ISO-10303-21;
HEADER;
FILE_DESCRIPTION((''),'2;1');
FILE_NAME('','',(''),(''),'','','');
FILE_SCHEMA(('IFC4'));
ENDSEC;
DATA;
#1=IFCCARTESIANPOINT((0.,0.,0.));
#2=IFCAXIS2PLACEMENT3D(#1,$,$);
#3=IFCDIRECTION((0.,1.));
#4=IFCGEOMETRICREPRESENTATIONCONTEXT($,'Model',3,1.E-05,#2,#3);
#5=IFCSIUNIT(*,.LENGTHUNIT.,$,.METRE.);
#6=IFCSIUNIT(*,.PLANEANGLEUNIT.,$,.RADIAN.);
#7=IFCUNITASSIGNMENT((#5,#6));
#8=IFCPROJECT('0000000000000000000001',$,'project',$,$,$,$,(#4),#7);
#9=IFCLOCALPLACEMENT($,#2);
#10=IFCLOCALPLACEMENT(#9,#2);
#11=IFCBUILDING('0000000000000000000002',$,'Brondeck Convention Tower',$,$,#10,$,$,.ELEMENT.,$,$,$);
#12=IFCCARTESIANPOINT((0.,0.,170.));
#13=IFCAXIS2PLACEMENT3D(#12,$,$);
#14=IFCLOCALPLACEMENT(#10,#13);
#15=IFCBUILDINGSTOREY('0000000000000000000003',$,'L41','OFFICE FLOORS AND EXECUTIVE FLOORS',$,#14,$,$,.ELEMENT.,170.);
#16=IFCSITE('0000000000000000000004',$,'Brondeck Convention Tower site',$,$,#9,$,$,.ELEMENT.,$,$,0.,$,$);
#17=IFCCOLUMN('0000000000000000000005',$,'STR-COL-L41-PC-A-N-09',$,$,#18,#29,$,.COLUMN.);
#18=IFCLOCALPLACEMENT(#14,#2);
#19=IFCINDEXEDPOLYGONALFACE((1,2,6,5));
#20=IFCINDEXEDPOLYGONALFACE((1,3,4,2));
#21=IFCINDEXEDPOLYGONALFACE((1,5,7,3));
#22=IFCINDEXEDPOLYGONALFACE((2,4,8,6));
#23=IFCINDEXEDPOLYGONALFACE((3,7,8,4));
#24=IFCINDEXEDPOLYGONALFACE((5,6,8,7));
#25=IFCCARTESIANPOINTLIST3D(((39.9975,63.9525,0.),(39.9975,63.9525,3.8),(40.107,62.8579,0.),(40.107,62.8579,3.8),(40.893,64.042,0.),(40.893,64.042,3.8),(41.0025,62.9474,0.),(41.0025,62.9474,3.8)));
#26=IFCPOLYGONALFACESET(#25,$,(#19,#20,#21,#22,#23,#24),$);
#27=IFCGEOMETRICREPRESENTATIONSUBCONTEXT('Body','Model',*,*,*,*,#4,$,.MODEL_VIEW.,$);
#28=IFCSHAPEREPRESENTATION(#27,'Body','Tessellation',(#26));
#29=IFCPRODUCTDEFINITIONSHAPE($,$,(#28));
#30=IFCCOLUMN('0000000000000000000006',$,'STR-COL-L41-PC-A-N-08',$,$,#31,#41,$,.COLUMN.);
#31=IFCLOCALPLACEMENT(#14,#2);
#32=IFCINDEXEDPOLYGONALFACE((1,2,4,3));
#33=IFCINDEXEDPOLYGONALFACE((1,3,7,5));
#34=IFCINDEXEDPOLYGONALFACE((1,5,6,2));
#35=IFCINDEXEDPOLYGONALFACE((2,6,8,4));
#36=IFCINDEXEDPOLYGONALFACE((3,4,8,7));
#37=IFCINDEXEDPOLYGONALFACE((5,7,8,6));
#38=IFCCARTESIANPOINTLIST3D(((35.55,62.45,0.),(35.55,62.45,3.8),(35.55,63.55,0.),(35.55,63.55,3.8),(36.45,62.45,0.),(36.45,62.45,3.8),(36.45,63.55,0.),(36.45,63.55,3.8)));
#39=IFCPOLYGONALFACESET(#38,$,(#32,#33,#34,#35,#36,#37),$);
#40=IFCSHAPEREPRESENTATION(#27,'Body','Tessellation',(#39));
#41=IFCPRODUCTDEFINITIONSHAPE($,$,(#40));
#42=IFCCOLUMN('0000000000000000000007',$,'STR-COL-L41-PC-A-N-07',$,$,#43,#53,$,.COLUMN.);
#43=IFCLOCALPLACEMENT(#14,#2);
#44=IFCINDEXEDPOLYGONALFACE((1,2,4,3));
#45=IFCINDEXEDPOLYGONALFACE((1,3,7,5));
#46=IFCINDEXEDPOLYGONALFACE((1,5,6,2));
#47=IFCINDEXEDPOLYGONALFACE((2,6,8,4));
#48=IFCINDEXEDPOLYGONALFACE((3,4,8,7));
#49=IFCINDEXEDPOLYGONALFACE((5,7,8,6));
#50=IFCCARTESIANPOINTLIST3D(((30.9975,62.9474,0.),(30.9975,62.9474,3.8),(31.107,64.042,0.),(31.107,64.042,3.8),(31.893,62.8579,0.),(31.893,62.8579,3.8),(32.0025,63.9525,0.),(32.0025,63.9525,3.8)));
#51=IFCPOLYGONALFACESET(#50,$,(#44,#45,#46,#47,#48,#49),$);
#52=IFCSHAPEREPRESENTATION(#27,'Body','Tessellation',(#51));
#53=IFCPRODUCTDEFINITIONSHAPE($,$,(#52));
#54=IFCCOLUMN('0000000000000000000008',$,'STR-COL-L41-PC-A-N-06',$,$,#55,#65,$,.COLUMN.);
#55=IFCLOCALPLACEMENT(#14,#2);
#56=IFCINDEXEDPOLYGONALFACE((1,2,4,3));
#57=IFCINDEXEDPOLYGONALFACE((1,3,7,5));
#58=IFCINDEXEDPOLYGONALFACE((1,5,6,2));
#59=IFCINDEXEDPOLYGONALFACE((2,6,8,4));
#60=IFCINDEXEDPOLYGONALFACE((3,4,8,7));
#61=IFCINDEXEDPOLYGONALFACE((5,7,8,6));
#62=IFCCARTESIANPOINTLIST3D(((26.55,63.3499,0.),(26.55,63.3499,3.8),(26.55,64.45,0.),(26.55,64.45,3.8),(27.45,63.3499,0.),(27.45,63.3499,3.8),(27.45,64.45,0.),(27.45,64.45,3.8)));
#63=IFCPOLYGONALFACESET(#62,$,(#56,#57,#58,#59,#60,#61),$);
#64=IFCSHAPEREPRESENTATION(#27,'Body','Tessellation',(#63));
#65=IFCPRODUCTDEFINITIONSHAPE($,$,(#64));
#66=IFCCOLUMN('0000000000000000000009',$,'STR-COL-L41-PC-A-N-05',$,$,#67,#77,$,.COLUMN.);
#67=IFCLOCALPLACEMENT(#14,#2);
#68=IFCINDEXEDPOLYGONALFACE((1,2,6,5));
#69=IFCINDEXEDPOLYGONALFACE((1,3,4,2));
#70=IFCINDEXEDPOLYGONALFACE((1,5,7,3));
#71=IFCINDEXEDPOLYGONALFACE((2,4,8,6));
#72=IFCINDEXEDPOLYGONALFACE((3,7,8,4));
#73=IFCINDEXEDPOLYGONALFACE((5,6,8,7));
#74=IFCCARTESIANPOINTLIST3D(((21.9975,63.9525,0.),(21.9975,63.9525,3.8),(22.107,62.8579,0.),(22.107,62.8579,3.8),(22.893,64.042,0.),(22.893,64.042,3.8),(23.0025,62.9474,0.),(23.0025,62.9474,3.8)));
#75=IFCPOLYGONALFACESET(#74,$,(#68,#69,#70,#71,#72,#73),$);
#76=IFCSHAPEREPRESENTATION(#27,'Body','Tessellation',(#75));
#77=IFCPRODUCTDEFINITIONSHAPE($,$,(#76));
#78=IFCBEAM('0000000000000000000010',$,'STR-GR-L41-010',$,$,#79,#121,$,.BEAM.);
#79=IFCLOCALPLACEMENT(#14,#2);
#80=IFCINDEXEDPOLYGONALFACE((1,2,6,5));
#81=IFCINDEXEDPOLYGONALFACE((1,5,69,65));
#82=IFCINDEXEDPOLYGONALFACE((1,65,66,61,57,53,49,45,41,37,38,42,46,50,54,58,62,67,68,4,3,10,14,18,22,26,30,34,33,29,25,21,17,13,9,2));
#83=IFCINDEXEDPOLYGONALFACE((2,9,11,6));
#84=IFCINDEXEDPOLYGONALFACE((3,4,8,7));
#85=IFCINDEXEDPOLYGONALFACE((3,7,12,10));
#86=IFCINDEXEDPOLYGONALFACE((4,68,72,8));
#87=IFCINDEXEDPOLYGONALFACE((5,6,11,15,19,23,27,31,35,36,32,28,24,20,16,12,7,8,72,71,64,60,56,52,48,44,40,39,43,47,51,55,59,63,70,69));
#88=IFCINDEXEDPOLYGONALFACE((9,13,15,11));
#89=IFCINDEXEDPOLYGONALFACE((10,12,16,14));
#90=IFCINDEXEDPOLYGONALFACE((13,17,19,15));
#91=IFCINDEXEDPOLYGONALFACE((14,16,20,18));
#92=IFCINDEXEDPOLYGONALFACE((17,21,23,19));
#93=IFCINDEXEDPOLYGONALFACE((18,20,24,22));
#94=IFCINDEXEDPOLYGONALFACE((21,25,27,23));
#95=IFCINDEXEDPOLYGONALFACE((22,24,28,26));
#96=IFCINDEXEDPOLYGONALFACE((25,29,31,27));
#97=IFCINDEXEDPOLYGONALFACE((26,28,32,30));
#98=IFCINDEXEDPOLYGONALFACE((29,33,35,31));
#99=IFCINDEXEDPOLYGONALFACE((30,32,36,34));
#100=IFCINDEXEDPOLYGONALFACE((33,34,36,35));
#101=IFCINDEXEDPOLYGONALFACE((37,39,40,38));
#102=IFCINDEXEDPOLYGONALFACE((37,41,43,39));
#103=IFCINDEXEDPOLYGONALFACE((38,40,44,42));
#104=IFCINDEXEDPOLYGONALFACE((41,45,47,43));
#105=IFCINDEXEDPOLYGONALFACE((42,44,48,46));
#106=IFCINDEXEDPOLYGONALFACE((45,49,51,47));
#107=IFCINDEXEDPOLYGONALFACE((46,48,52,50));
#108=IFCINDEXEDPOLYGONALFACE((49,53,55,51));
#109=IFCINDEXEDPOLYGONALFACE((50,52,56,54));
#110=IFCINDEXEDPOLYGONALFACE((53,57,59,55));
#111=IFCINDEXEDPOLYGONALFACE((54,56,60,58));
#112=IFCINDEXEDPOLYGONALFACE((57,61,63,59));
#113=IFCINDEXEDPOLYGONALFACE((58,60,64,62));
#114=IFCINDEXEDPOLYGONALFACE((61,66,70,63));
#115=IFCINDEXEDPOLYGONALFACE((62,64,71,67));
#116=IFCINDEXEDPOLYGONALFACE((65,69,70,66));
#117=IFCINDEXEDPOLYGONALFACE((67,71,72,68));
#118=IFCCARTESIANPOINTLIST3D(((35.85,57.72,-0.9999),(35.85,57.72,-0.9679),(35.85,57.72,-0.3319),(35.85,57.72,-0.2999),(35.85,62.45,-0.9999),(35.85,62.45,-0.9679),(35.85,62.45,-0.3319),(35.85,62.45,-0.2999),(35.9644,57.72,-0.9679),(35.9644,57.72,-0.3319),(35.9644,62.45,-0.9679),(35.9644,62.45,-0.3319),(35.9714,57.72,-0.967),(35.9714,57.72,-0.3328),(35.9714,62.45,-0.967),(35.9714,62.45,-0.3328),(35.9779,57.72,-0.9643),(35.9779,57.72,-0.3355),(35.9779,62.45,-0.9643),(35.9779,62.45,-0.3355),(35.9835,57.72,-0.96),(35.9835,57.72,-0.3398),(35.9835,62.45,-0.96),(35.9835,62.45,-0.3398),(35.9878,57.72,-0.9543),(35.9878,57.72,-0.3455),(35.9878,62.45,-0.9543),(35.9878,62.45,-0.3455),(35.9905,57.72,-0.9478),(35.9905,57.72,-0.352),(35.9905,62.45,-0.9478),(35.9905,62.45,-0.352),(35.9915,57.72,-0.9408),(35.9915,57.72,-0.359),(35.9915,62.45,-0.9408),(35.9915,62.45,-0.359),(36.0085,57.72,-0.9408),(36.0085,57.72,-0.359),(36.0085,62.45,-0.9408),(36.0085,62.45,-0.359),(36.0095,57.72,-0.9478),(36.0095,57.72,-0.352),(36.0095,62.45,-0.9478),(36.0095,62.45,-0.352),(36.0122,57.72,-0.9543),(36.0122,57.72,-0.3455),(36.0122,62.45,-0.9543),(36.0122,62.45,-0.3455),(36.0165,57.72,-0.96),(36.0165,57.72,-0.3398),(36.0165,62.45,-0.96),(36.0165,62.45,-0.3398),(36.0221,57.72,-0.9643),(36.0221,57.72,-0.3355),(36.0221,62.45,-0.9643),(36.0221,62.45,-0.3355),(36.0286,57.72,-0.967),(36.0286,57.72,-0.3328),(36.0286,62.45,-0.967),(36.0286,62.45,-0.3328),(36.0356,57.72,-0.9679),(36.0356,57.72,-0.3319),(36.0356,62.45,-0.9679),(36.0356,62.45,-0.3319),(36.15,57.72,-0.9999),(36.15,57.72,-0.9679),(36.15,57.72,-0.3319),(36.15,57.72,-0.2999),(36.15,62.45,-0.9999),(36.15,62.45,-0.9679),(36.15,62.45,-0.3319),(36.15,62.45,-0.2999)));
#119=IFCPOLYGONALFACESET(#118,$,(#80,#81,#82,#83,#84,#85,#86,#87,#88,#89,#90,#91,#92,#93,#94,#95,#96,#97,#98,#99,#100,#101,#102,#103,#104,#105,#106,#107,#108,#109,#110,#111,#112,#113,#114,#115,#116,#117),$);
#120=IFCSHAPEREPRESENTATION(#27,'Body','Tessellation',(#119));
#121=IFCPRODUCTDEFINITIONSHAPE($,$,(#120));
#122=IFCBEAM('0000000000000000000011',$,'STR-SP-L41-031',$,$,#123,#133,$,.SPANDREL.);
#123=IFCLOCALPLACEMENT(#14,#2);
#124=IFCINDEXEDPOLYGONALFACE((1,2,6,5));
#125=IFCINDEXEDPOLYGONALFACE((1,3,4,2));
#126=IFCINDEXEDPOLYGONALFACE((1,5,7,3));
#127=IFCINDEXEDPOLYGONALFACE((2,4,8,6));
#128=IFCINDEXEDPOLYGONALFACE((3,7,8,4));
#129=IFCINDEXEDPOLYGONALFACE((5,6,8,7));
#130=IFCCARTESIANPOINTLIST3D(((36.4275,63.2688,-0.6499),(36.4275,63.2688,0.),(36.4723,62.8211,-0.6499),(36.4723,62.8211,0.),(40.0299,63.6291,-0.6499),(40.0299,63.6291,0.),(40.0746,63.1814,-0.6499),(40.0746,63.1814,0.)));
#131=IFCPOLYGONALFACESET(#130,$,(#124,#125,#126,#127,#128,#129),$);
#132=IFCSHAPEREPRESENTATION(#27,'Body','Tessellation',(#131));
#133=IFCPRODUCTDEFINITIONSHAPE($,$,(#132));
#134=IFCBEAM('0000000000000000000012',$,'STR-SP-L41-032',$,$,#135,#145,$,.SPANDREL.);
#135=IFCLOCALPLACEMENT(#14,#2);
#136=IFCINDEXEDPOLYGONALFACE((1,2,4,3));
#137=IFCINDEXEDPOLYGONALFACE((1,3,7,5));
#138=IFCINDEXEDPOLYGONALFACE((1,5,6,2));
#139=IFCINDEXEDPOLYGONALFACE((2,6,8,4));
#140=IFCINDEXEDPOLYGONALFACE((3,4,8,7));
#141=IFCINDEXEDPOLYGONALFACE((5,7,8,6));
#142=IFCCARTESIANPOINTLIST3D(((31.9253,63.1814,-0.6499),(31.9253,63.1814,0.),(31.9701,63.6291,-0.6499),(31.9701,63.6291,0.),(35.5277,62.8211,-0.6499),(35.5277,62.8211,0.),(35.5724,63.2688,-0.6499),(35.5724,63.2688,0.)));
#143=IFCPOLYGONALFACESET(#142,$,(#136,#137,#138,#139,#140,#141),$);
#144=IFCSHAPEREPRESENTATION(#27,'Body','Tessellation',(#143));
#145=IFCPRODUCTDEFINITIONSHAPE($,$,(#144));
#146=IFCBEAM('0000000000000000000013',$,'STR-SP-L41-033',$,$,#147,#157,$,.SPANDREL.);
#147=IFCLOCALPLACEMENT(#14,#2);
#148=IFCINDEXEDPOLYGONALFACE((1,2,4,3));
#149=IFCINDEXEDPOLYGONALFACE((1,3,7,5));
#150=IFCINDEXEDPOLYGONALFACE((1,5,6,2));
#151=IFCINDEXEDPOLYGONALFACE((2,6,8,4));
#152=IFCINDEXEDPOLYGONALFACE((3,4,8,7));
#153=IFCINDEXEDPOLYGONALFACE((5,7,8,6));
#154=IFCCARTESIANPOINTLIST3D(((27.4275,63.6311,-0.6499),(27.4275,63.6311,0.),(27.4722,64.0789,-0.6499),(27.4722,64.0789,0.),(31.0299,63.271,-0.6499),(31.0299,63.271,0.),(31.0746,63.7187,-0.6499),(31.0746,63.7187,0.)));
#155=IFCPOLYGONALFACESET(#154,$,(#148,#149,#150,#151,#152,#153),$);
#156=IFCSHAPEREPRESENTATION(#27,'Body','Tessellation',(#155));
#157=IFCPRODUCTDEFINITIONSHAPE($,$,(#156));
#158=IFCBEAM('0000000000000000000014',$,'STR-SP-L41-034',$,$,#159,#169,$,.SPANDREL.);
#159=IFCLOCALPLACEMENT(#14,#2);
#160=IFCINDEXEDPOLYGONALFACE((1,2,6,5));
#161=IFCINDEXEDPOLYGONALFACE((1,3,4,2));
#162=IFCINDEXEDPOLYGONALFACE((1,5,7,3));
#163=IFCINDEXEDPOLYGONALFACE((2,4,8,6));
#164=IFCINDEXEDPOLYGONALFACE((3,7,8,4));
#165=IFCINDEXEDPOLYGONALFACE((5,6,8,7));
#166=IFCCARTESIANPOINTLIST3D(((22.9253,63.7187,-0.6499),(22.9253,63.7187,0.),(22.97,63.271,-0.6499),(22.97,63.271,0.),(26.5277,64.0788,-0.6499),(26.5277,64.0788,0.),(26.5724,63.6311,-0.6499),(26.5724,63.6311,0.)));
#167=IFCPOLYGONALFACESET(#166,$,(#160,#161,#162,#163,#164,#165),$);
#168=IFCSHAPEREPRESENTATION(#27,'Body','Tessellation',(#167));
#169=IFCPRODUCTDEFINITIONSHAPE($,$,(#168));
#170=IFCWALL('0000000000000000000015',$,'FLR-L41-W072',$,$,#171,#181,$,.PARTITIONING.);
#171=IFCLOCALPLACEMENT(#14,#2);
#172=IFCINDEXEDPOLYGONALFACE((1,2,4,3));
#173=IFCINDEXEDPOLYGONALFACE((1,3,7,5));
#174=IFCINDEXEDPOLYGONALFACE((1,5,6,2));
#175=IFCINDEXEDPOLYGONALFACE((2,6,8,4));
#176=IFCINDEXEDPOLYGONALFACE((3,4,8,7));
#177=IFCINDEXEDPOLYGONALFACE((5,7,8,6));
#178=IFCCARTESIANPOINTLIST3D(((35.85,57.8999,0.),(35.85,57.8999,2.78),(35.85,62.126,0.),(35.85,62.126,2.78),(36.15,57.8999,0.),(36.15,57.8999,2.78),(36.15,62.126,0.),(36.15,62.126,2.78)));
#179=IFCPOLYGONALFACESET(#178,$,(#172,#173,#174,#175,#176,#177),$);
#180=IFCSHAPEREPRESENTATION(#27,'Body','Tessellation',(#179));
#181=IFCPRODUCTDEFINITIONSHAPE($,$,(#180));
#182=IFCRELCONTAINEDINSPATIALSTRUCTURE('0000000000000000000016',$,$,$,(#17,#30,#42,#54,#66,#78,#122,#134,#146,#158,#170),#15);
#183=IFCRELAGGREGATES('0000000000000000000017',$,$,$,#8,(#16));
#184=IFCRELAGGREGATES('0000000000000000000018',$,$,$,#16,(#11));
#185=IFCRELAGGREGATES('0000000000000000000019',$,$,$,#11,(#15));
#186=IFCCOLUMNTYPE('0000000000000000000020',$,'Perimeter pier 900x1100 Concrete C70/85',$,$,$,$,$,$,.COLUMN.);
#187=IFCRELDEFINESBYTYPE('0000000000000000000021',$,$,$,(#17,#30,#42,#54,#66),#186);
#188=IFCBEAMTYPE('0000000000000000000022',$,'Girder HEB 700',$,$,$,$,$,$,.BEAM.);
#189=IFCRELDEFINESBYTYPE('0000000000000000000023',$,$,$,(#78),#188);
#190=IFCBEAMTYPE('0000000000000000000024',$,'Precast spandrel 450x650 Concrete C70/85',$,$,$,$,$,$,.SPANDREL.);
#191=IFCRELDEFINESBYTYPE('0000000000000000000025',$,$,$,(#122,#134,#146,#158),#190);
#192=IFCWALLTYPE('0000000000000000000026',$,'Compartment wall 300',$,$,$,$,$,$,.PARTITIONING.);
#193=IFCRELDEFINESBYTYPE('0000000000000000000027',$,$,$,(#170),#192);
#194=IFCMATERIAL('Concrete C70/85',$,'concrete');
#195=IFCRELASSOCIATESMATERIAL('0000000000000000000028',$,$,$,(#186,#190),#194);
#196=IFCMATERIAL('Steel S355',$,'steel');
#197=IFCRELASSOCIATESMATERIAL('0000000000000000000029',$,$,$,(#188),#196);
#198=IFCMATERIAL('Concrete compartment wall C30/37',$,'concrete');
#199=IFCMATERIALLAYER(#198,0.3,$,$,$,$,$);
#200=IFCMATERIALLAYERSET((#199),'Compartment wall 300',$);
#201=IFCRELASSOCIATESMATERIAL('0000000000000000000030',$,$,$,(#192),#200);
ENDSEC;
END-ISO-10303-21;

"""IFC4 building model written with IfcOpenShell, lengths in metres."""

from ifc_helpers import new_model, si_unit, direction, frame, frame_2d, origin, origin_2d, place, context, subcontext, project, spatial, rectangle, i_section, extrude, material, layer, layer_set, material_profile, profile_set, type_object, element, save


model = new_model("IFC4")

# Units and contexts
model_context = context("Model", 3, precision=1e-05, world=origin(), true_north=direction((0.0, 1.0)))
body_context = subcontext(model_context, "Body", "Model", "MODEL_VIEW")
ifc_project = project(units=[si_unit("LENGTHUNIT", "METRE"), si_unit("PLANEANGLEUNIT", "RADIAN")], contexts=[model_context])

# Site, building, storey
site_placement = place(None, origin())
site = spatial("IfcSite", under=ifc_project, at=site_placement, Name="Brondeck Convention Tower site", CompositionType="ELEMENT", RefElevation=0.0)
building_placement = place(site_placement, origin())
building = spatial("IfcBuilding", under=site, at=building_placement, Name="Brondeck Convention Tower", CompositionType="ELEMENT")
storey_placement = place(building_placement, frame((0.0, 0.0, 170.0)))
storey = spatial("IfcBuildingStorey", under=building, at=storey_placement, Name="L41", Description="OFFICE FLOORS AND EXECUTIVE FLOORS", CompositionType="ELEMENT", Elevation=170.0)

# Columns
ifc_material_1 = material(Name="Concrete C70/85", Category="concrete")
ifc_material_profile_1 = material_profile(ifc_material_1, rectangle(XDim=0.8999, YDim=1.1001, at=origin_2d()), Name="Perimeter pier 900x1100 Concrete C70/85")
ifc_profile_set_1 = profile_set([ifc_material_profile_1], Name="Concrete C70/85")
column_type = type_object("IfcColumnType", Name="Perimeter pier 900x1100 Concrete C70/85", PredefinedType="COLUMN", material=ifc_profile_set_1)
for number, where, z_axis, x_axis, name in (
    (1, (40.5, 63.45, 0.0), (0.0, 0.0, 1.0), (-0.995037, -0.099504, 0.0), "STR-COL-L41-PC-A-N-09"),
    (2, (36.0, 63.0, 0.0), (0.0, 0.0, 1.0), (-1.0, 0.0, 0.0), "STR-COL-L41-PC-A-N-08"),
    (3, (31.5, 63.45, 0.0), (0.0, 0.0, 1.0), (-0.995037, 0.099504, 0.0), "STR-COL-L41-PC-A-N-07"),
    (4, (27.0, 63.8999, 0.0), (0.0, 0.0, 1.0), (-1.0, 0.0, 0.0), "STR-COL-L41-PC-A-N-06"),
    (5, (22.5, 63.45, 0.0), (0.0, 0.0, 1.0), (-0.995037, -0.099504, 0.0), "STR-COL-L41-PC-A-N-05"),
):
    element("IfcColumn", number, at=place(storey_placement, frame(where, z_axis=z_axis, x_axis=x_axis)), inside=storey, type_object=column_type, Name=name, PredefinedType="COLUMN", context=body_context, shape_type="SweptSolid", body=[
        extrude(rectangle(XDim=0.8999, YDim=1.1001, at=origin_2d()), origin(), (0.0, 0.0, 1.0), 3.8),
    ])

# Beams
ifc_material_2 = material(Name="Steel S355", Category="steel")
ifc_material_profile_2 = material_profile(ifc_material_2, i_section(OverallWidth=0.3, OverallDepth=0.7, WebThickness=0.0171, FlangeThickness=0.032, FilletRadius=0.0271, at=origin_2d()), Name="HEB 700")
ifc_profile_set_2 = profile_set([ifc_material_profile_2], Name="Steel S355")
beam_type_1 = type_object("IfcBeamType", Name="Girder HEB 700", PredefinedType="BEAM", material=ifc_profile_set_2)
beam_placement = place(storey_placement, frame((36.0, 57.72, -0.6499), z_axis=(0.0, 1.0, 0.0), x_axis=(-1.0, 0.0, 0.0)))
element("IfcBeam", 6, at=beam_placement, inside=storey, type_object=beam_type_1, Name="STR-GR-L41-010", PredefinedType="BEAM", context=body_context, shape_type="SweptSolid", body=[
    extrude(i_section(OverallWidth=0.3, OverallDepth=0.7, WebThickness=0.0171, FlangeThickness=0.032, FilletRadius=0.0271, at=origin_2d()), origin(), (0.0, 0.0, 1.0), 4.73),
])
ifc_material_profile_3 = material_profile(ifc_material_1, rectangle(XDim=0.45, YDim=0.6499, at=origin_2d()), Name="Precast spandrel 450x650 Concrete C70/85")
ifc_profile_set_3 = profile_set([ifc_material_profile_3], Name="Concrete C70/85")
beam_type_2 = type_object("IfcBeamType", Name="Precast spandrel 450x650 Concrete C70/85", PredefinedType="SPANDREL", material=ifc_profile_set_3)
for number, where, z_axis, x_axis, name in (
    (7, (40.0522, 63.4053, -0.325), (-0.995034, -0.099537, 0.0), (0.099537, -0.995034, 0.0), "STR-SP-L41-031"),
    (8, (35.55, 63.0449, -0.325), (-0.995034, 0.099537, 0.0), (-0.099537, -0.995034, 0.0), "STR-SP-L41-032"),
    (9, (31.0522, 63.4949, -0.325), (-0.995041, 0.09947, 0.0), (-0.09947, -0.995041, 0.0), "STR-SP-L41-033"),
    (10, (26.55, 63.855, -0.325), (-0.995041, -0.09947, 0.0), (0.09947, -0.995041, 0.0), "STR-SP-L41-034"),
):
    element("IfcBeam", number, at=place(storey_placement, frame(where, z_axis=z_axis, x_axis=x_axis)), inside=storey, type_object=beam_type_2, Name=name, PredefinedType="SPANDREL", context=body_context, shape_type="SweptSolid", body=[
        extrude(rectangle(XDim=0.45, YDim=0.6499, at=origin_2d()), origin(), (0.0, 0.0, 1.0), 3.6204),
    ])

# Wall
ifc_material_3 = material(Name="Concrete compartment wall C30/37", Category="concrete")
ifc_layer_1 = layer(ifc_material_3, 0.3)
ifc_layer_set_1 = layer_set([ifc_layer_1], Name="Compartment wall 300")
wall_type_1 = type_object("IfcWallType", Name="Compartment wall 300", PredefinedType="PARTITIONING", material=ifc_layer_set_1)
wall_1_placement = place(storey_placement, frame((36.0, 57.8999, 0.0), z_axis=(0.0, 0.0, 1.0), x_axis=(0.0, 1.0, 0.0)))
element("IfcWall", 11, at=wall_1_placement, inside=storey, type_object=wall_type_1, Name="FLR-L41-W072", PredefinedType="PARTITIONING", context=body_context, shape_type="SweptSolid", body=[
    extrude(rectangle(XDim=4.2261, YDim=0.3, at=frame_2d((2.113, 0.0))), origin(), (0.0, 0.0, 1.0), 2.78),
])

save(model, "model.ifc")
